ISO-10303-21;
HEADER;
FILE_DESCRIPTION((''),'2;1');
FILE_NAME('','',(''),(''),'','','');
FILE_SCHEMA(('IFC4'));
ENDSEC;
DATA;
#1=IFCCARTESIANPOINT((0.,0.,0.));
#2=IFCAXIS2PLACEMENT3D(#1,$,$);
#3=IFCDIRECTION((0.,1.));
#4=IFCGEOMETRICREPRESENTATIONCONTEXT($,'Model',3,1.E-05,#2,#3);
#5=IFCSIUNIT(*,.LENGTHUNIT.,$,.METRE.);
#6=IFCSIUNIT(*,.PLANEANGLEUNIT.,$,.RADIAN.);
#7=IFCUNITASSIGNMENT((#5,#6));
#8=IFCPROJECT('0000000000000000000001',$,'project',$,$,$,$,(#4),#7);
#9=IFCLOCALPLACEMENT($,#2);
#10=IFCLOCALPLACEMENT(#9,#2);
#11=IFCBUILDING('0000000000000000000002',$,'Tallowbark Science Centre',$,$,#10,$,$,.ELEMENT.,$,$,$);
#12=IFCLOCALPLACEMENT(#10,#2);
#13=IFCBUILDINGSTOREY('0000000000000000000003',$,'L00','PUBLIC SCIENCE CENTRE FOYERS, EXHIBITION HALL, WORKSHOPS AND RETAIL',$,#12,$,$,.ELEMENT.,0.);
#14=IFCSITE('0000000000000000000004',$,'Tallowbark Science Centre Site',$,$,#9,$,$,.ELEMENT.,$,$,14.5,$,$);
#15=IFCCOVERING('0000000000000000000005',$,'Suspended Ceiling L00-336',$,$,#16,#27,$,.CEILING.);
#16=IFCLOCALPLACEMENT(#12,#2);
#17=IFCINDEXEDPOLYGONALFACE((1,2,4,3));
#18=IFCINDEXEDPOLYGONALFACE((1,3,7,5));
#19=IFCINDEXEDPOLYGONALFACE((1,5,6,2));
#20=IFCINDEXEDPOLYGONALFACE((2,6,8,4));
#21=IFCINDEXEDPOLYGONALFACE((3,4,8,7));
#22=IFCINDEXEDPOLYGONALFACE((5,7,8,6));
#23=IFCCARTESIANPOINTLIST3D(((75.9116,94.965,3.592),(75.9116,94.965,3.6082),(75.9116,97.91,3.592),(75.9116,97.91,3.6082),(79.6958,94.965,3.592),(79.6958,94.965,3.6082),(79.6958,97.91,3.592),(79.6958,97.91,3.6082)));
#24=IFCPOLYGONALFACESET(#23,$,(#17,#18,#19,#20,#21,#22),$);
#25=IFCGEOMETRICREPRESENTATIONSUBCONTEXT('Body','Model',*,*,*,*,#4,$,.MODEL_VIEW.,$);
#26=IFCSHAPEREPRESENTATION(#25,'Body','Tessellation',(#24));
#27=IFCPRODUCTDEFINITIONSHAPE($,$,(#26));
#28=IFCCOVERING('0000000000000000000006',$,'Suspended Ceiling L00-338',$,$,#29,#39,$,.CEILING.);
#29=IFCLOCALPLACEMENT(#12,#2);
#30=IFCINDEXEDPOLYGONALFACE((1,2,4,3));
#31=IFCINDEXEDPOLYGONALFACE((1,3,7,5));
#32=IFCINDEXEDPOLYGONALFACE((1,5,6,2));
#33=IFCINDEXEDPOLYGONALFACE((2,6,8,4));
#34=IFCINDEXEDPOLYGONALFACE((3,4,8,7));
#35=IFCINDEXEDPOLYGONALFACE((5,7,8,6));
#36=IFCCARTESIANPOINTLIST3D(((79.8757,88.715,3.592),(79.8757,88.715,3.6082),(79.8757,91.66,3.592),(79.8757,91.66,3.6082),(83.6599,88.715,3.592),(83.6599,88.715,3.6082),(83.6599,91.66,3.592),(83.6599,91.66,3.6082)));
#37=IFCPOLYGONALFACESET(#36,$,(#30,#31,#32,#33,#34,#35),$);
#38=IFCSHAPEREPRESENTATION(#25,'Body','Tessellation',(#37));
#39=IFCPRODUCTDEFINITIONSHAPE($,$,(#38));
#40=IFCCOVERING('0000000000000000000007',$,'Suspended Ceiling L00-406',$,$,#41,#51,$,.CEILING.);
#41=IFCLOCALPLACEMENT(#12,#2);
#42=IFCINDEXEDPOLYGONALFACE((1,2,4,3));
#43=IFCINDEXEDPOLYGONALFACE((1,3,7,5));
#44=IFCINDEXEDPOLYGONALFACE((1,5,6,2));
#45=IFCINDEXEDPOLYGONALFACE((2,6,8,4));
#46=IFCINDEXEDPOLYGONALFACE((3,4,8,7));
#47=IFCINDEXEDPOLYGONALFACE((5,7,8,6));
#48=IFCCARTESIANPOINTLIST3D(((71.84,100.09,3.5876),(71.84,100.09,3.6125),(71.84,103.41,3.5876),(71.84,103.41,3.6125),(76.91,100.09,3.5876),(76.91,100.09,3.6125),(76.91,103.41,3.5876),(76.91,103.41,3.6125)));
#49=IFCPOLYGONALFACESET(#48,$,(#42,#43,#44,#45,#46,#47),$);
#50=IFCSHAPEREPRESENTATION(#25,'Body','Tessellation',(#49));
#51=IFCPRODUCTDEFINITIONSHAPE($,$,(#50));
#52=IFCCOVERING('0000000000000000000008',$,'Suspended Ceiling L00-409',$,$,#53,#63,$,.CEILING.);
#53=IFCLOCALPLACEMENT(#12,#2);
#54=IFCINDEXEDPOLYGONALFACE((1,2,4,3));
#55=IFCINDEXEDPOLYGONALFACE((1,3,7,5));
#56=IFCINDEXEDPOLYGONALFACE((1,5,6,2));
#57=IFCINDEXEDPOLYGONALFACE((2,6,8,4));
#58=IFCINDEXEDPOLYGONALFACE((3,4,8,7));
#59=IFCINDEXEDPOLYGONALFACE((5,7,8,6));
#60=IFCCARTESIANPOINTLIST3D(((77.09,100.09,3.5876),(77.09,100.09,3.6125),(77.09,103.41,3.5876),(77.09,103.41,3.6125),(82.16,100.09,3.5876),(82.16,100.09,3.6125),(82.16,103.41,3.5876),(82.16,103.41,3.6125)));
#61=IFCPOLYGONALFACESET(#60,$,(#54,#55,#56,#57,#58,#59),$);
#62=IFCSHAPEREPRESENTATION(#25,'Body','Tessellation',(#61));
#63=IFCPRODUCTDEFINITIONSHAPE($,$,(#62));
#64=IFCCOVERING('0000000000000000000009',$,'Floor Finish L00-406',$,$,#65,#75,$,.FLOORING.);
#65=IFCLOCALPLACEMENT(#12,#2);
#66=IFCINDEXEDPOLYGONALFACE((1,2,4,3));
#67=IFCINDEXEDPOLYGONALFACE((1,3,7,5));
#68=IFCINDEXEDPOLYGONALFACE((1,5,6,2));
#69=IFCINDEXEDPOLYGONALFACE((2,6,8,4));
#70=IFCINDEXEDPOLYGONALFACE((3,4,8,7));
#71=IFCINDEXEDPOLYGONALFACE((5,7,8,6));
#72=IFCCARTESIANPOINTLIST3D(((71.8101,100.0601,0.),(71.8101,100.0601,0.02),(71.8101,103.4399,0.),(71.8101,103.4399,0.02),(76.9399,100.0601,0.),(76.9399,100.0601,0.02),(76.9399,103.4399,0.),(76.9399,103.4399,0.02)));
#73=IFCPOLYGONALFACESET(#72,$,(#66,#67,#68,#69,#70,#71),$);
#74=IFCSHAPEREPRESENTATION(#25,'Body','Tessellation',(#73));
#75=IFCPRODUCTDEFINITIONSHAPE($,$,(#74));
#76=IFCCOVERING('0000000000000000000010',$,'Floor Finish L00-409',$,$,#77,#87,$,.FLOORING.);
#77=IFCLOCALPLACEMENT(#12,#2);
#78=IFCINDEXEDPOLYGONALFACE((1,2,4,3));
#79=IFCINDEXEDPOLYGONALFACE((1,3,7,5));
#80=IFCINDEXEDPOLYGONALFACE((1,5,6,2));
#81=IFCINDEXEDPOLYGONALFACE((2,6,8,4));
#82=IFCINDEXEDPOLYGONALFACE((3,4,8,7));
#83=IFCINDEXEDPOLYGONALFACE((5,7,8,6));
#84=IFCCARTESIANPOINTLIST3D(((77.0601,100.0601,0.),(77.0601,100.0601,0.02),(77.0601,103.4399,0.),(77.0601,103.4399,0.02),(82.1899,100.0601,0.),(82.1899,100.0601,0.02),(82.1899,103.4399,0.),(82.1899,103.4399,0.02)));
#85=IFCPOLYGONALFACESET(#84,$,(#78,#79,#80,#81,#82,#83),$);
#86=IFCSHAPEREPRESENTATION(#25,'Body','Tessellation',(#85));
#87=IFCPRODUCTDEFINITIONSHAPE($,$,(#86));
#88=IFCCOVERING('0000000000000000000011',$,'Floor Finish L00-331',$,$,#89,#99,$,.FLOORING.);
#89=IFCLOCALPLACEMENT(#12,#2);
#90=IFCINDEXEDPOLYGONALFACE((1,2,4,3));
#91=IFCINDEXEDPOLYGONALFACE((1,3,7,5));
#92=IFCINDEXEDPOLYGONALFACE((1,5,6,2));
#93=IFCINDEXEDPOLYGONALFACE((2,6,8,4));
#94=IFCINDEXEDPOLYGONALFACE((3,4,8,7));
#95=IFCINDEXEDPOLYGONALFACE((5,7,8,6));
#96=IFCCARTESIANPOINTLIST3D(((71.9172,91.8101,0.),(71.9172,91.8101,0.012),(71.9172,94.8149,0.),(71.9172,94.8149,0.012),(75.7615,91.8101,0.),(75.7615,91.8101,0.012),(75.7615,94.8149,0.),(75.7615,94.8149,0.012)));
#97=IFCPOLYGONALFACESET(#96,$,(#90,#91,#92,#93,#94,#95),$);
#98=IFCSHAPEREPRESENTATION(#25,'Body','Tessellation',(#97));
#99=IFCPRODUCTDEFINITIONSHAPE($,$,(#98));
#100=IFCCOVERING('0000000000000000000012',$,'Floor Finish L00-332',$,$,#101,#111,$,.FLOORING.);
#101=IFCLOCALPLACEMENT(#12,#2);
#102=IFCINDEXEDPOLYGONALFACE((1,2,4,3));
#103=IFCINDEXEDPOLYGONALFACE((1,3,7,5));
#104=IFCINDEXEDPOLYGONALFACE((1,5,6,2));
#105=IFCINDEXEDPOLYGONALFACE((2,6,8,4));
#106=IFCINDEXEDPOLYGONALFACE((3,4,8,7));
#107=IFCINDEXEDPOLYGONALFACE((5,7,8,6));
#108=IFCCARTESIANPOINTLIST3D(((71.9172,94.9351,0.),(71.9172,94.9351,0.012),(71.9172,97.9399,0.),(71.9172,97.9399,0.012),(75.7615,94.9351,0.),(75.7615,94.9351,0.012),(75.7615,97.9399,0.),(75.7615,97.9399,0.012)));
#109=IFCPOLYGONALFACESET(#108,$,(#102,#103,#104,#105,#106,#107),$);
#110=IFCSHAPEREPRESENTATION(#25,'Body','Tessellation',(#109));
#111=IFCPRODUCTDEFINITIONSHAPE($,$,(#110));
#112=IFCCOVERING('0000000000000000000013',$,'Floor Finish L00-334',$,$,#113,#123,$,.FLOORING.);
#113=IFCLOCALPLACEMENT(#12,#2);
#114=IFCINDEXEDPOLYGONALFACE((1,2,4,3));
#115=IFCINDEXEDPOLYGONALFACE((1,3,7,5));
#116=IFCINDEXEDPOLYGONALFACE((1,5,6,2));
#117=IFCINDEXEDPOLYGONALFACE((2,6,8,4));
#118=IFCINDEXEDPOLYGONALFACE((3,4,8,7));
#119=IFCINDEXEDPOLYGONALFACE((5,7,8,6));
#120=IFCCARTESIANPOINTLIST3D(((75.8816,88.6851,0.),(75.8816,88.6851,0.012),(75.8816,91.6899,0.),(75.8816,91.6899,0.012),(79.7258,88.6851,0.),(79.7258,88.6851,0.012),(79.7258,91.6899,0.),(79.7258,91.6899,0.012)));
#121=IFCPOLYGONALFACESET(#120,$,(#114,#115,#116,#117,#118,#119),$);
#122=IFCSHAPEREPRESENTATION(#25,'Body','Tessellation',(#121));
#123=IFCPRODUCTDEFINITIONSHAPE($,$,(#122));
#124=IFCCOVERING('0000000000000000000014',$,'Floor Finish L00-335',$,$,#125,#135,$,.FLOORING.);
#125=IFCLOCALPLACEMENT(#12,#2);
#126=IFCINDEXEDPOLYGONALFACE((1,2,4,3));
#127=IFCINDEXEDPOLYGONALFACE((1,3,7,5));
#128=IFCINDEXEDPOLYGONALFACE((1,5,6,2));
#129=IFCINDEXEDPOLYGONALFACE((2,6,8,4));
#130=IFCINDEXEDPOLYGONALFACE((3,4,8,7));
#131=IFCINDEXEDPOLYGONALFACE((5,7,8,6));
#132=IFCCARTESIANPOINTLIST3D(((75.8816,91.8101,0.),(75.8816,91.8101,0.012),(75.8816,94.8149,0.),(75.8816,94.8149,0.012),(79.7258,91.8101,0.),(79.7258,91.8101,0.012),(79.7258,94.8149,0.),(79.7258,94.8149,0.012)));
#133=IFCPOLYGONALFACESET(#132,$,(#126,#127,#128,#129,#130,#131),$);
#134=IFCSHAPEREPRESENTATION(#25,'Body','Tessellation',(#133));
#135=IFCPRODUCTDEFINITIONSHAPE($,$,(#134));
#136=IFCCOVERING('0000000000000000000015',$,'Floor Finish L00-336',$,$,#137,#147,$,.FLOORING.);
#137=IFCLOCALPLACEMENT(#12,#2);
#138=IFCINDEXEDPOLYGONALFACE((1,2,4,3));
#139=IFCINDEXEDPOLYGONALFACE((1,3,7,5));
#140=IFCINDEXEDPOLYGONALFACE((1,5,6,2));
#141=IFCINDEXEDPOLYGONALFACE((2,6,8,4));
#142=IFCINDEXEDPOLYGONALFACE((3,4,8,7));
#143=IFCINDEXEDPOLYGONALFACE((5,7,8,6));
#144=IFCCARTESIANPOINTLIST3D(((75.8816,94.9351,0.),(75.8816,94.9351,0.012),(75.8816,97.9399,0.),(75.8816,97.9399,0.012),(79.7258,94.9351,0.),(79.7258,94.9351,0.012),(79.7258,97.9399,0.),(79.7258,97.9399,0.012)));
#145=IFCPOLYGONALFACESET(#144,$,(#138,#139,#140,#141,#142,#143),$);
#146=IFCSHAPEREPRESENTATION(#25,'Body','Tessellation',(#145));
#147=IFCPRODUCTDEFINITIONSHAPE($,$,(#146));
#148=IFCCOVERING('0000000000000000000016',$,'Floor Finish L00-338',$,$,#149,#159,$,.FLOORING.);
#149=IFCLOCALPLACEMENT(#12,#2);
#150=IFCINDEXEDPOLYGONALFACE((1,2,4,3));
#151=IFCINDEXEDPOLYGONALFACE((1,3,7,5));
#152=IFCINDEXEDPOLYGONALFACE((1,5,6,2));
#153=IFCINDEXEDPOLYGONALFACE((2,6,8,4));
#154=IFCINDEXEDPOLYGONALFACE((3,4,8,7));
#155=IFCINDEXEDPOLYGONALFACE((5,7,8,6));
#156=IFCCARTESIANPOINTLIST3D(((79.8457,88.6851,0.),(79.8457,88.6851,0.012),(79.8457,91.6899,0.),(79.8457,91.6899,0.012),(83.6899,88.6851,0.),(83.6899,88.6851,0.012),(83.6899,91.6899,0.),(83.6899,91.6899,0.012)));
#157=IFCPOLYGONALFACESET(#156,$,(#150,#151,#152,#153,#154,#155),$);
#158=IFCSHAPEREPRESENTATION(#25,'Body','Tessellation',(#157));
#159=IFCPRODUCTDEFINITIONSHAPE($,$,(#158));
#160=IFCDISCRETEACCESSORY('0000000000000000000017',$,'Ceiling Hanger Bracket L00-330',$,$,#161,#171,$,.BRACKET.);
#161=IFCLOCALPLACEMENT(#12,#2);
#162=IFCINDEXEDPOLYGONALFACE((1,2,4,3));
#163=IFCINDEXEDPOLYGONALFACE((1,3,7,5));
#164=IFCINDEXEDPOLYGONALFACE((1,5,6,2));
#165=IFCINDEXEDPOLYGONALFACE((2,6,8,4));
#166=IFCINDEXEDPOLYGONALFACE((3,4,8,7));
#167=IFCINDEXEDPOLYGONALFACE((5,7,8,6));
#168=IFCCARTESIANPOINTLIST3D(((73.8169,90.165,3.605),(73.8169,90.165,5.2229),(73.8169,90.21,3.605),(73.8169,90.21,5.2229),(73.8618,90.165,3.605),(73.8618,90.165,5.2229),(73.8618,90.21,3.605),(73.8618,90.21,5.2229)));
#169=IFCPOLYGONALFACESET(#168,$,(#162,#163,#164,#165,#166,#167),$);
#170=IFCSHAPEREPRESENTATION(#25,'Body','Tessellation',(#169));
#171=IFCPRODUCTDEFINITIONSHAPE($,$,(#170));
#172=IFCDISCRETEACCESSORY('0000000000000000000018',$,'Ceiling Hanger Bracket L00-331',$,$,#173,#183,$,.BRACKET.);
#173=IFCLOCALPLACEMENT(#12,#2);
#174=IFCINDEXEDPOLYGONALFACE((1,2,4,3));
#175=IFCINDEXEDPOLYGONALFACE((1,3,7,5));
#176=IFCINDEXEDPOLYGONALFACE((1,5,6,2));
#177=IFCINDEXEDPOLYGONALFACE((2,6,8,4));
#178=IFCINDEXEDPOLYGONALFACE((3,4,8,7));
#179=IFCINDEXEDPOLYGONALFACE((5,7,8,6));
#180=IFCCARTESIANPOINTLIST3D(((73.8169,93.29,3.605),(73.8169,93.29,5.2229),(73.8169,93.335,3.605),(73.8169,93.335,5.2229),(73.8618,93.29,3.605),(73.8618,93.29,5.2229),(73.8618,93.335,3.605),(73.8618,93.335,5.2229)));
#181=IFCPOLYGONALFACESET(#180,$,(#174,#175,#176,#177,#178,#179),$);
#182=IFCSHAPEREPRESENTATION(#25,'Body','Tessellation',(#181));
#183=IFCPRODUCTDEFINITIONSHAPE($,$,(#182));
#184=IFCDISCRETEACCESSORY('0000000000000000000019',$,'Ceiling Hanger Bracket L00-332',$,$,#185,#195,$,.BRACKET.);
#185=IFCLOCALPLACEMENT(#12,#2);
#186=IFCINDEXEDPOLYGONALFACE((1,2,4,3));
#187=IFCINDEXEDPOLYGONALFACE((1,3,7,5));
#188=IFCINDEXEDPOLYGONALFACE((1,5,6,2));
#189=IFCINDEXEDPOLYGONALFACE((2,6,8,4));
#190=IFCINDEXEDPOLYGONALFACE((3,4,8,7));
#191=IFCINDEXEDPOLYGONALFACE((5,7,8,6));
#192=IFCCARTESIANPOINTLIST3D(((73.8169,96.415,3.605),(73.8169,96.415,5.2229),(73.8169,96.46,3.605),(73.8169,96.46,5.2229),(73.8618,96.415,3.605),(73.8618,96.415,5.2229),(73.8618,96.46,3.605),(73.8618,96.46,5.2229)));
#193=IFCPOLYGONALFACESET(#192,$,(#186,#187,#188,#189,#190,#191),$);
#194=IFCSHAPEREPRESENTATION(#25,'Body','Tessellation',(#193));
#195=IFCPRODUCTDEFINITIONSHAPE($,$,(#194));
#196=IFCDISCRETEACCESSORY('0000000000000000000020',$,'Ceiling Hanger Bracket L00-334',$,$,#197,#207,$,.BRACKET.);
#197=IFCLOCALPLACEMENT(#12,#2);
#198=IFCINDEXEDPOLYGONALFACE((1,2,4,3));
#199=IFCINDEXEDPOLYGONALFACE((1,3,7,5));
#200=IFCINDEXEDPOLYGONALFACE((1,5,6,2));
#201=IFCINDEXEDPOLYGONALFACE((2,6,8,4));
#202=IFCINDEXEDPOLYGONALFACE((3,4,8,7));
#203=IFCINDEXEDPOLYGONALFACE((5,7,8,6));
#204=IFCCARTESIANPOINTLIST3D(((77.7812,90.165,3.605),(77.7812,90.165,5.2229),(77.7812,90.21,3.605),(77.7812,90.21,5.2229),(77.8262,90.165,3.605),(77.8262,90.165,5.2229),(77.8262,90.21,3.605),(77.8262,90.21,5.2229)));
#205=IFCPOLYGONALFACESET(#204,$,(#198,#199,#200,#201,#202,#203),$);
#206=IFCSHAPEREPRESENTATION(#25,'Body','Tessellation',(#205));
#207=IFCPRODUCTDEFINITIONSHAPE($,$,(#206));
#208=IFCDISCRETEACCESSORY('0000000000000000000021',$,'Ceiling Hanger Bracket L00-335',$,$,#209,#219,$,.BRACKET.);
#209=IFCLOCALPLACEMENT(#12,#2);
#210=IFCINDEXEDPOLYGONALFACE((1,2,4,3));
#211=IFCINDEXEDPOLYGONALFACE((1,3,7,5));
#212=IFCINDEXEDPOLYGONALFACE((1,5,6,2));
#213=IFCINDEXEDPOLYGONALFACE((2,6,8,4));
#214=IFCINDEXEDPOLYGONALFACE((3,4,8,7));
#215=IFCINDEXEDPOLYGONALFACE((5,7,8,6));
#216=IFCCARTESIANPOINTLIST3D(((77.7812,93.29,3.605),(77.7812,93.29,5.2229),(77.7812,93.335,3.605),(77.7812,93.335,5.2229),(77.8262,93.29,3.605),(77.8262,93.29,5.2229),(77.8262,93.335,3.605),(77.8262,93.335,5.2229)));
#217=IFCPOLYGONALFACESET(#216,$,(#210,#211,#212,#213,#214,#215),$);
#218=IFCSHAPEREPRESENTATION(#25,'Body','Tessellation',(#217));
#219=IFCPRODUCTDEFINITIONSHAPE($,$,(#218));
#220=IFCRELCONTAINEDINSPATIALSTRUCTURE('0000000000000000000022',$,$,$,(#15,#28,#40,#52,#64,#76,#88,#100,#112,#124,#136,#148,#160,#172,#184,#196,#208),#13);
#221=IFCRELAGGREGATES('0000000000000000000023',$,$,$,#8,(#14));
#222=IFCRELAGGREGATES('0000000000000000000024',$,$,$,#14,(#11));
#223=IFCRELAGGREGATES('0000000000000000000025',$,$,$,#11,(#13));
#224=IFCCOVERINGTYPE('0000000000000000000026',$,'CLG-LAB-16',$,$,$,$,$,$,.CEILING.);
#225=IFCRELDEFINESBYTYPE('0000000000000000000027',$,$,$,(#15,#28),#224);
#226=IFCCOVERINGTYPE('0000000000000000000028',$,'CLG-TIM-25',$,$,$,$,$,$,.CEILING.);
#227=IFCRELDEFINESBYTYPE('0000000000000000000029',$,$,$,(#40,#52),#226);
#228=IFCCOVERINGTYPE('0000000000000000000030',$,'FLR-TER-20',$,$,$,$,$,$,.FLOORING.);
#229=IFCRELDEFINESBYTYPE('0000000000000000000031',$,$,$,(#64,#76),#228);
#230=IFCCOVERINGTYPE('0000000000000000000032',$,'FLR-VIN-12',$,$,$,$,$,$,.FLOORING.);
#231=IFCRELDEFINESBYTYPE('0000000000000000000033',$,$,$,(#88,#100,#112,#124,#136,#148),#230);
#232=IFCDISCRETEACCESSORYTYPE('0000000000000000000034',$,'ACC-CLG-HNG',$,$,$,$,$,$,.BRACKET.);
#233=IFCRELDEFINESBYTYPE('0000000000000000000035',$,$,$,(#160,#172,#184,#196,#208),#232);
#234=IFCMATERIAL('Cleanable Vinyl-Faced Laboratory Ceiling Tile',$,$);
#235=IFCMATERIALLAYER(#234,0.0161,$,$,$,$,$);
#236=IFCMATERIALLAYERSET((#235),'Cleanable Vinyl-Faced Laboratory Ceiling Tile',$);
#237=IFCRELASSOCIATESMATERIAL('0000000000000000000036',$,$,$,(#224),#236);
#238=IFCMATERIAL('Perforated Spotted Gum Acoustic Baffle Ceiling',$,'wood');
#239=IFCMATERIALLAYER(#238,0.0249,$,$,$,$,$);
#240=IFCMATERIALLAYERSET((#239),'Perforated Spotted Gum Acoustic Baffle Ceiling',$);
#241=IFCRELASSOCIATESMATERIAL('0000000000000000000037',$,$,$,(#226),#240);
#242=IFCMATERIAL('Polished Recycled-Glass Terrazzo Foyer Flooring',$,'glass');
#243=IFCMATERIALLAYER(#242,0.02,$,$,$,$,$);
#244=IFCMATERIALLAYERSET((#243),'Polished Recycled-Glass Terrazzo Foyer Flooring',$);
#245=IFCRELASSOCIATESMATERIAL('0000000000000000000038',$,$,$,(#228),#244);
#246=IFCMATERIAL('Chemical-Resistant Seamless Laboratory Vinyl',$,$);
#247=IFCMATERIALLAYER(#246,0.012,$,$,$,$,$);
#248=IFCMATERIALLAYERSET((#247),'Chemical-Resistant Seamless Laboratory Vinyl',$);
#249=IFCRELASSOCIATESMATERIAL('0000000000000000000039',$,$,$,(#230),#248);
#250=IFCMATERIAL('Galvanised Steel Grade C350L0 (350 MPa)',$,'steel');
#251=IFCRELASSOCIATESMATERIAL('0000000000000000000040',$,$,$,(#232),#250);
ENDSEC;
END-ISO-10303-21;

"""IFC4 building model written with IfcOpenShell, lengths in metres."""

from ifc_helpers import new_model, si_unit, direction, frame, origin, origin_2d, place, context, subcontext, project, spatial, rectangle, extrude, material, layer, layer_set, type_object, element, save


model = new_model("IFC4")

# Units and contexts
model_context = context("Model", 3, precision=1e-05, world=origin(), true_north=direction((0.0, 1.0)))
body_context = subcontext(model_context, "Body", "Model", "MODEL_VIEW")
ifc_project = project(units=[si_unit("LENGTHUNIT", "METRE"), si_unit("PLANEANGLEUNIT", "RADIAN")], contexts=[model_context])

# Site, building, storey
site_placement = place(None, origin())
site = spatial("IfcSite", under=ifc_project, at=site_placement, Name="Tallowbark Science Centre Site", CompositionType="ELEMENT", RefElevation=14.5)
building_placement = place(site_placement, origin())
building = spatial("IfcBuilding", under=site, at=building_placement, Name="Tallowbark Science Centre", CompositionType="ELEMENT")
storey_placement = place(building_placement, origin())
storey = spatial("IfcBuildingStorey", under=building, at=storey_placement, Name="L00", Description="PUBLIC SCIENCE CENTRE FOYERS, EXHIBITION HALL, WORKSHOPS AND RETAIL", CompositionType="ELEMENT", Elevation=0.0)

# Coverings
ifc_material_1 = material(Name="Cleanable Vinyl-Faced Laboratory Ceiling Tile")
ifc_layer_1 = layer(ifc_material_1, 0.0161)
ifc_layer_set_1 = layer_set([ifc_layer_1], Name="Cleanable Vinyl-Faced Laboratory Ceiling Tile")
covering_type_1 = type_object("IfcCoveringType", Name="CLG-LAB-16", PredefinedType="CEILING", material=ifc_layer_set_1)
for number, where, z_axis, x_axis, name in (
    (1, (77.8037, 96.4375, 3.592), (0.0, 0.0, 1.0), (1.0, 0.0, 0.0), "Suspended Ceiling L00-336"),
    (2, (81.7678, 90.1875, 3.592), (0.0, 0.0, 1.0), (1.0, 0.0, 0.0), "Suspended Ceiling L00-338"),
):
    element("IfcCovering", number, at=place(storey_placement, frame(where, z_axis=z_axis, x_axis=x_axis)), inside=storey, type_object=covering_type_1, Name=name, PredefinedType="CEILING", context=body_context, shape_type="SweptSolid", body=[
        extrude(rectangle(XDim=3.7842, YDim=2.9451, at=origin_2d()), origin(), (0.0, 0.0, 1.0), 0.0161),
    ])
ifc_material_2 = material(Name="Perforated Spotted Gum Acoustic Baffle Ceiling", Category="wood")
ifc_layer_2 = layer(ifc_material_2, 0.0249)
ifc_layer_set_2 = layer_set([ifc_layer_2], Name="Perforated Spotted Gum Acoustic Baffle Ceiling")
covering_type_2 = type_object("IfcCoveringType", Name="CLG-TIM-25", PredefinedType="CEILING", material=ifc_layer_set_2)
for number, where, z_axis, x_axis, name in (
    (3, (74.375, 101.75, 3.5876), (0.0, 0.0, 1.0), (1.0, 0.0, 0.0), "Suspended Ceiling L00-406"),
    (4, (79.625, 101.75, 3.5876), (0.0, 0.0, 1.0), (1.0, 0.0, 0.0), "Suspended Ceiling L00-409"),
):
    element("IfcCovering", number, at=place(storey_placement, frame(where, z_axis=z_axis, x_axis=x_axis)), inside=storey, type_object=covering_type_2, Name=name, PredefinedType="CEILING", context=body_context, shape_type="SweptSolid", body=[
        extrude(rectangle(XDim=5.0701, YDim=3.3201, at=origin_2d()), origin(), (0.0, 0.0, 1.0), 0.0249),
    ])
ifc_material_3 = material(Name="Polished Recycled-Glass Terrazzo Foyer Flooring", Category="glass")
ifc_layer_3 = layer(ifc_material_3, 0.02)
ifc_layer_set_3 = layer_set([ifc_layer_3], Name="Polished Recycled-Glass Terrazzo Foyer Flooring")
covering_type_3 = type_object("IfcCoveringType", Name="FLR-TER-20", PredefinedType="FLOORING", material=ifc_layer_set_3)
for number, where, z_axis, x_axis, name in (
    (5, (74.375, 101.75, 0.0), (0.0, 0.0, 1.0), (1.0, 0.0, 0.0), "Floor Finish L00-406"),
    (6, (79.625, 101.75, 0.0), (0.0, 0.0, 1.0), (1.0, 0.0, 0.0), "Floor Finish L00-409"),
):
    element("IfcCovering", number, at=place(storey_placement, frame(where, z_axis=z_axis, x_axis=x_axis)), inside=storey, type_object=covering_type_3, Name=name, PredefinedType="FLOORING", context=body_context, shape_type="SweptSolid", body=[
        extrude(rectangle(XDim=5.1299, YDim=3.3799, at=origin_2d()), origin(), (0.0, 0.0, 1.0), 0.02),
    ])
ifc_material_4 = material(Name="Chemical-Resistant Seamless Laboratory Vinyl")
ifc_layer_4 = layer(ifc_material_4, 0.012)
ifc_layer_set_4 = layer_set([ifc_layer_4], Name="Chemical-Resistant Seamless Laboratory Vinyl")
covering_type_4 = type_object("IfcCoveringType", Name="FLR-VIN-12", PredefinedType="FLOORING", material=ifc_layer_set_4)
for number, where, z_axis, x_axis, name in (
    (7, (73.8394, 93.3125, 0.0), (0.0, 0.0, 1.0), (1.0, 0.0, 0.0), "Floor Finish L00-331"),
    (8, (73.8394, 96.4375, 0.0), (0.0, 0.0, 1.0), (1.0, 0.0, 0.0), "Floor Finish L00-332"),
    (9, (77.8037, 90.1875, 0.0), (0.0, 0.0, 1.0), (1.0, 0.0, 0.0), "Floor Finish L00-334"),
    (10, (77.8037, 93.3125, 0.0), (0.0, 0.0, 1.0), (1.0, 0.0, 0.0), "Floor Finish L00-335"),
    (11, (77.8037, 96.4375, 0.0), (0.0, 0.0, 1.0), (1.0, 0.0, 0.0), "Floor Finish L00-336"),
    (12, (81.7678, 90.1875, 0.0), (0.0, 0.0, 1.0), (1.0, 0.0, 0.0), "Floor Finish L00-338"),
):
    element("IfcCovering", number, at=place(storey_placement, frame(where, z_axis=z_axis, x_axis=x_axis)), inside=storey, type_object=covering_type_4, Name=name, PredefinedType="FLOORING", context=body_context, shape_type="SweptSolid", body=[
        extrude(rectangle(XDim=3.8442, YDim=3.0049, at=origin_2d()), origin(), (0.0, 0.0, 1.0), 0.012),
    ])

# Discrete accessories
ifc_material_5 = material(Name="Galvanised Steel Grade C350L0 (350 MPa)", Category="steel")
discrete_accessory_type = type_object("IfcDiscreteAccessoryType", Name="ACC-CLG-HNG", PredefinedType="BRACKET", material=ifc_material_5)
for number, where, z_axis, x_axis, name in (
    (13, (73.8394, 90.1875, 3.605), (0.0, 0.0, 1.0), (1.0, 0.0, 0.0), "Ceiling Hanger Bracket L00-330"),
    (14, (73.8394, 93.3125, 3.605), (0.0, 0.0, 1.0), (1.0, 0.0, 0.0), "Ceiling Hanger Bracket L00-331"),
    (15, (73.8394, 96.4375, 3.605), (0.0, 0.0, 1.0), (1.0, 0.0, 0.0), "Ceiling Hanger Bracket L00-332"),
    (16, (77.8037, 90.1875, 3.605), (0.0, 0.0, 1.0), (1.0, 0.0, 0.0), "Ceiling Hanger Bracket L00-334"),
    (17, (77.8037, 93.3125, 3.605), (0.0, 0.0, 1.0), (1.0, 0.0, 0.0), "Ceiling Hanger Bracket L00-335"),
):
    element("IfcDiscreteAccessory", number, at=place(storey_placement, frame(where, z_axis=z_axis, x_axis=x_axis)), inside=storey, type_object=discrete_accessory_type, Name=name, PredefinedType="BRACKET", context=body_context, shape_type="SweptSolid", body=[
        extrude(rectangle(XDim=0.0449, YDim=0.0449, at=origin_2d()), origin(), (0.0, 0.0, 1.0), 1.6179),
    ])

save(model, "model.ifc")
